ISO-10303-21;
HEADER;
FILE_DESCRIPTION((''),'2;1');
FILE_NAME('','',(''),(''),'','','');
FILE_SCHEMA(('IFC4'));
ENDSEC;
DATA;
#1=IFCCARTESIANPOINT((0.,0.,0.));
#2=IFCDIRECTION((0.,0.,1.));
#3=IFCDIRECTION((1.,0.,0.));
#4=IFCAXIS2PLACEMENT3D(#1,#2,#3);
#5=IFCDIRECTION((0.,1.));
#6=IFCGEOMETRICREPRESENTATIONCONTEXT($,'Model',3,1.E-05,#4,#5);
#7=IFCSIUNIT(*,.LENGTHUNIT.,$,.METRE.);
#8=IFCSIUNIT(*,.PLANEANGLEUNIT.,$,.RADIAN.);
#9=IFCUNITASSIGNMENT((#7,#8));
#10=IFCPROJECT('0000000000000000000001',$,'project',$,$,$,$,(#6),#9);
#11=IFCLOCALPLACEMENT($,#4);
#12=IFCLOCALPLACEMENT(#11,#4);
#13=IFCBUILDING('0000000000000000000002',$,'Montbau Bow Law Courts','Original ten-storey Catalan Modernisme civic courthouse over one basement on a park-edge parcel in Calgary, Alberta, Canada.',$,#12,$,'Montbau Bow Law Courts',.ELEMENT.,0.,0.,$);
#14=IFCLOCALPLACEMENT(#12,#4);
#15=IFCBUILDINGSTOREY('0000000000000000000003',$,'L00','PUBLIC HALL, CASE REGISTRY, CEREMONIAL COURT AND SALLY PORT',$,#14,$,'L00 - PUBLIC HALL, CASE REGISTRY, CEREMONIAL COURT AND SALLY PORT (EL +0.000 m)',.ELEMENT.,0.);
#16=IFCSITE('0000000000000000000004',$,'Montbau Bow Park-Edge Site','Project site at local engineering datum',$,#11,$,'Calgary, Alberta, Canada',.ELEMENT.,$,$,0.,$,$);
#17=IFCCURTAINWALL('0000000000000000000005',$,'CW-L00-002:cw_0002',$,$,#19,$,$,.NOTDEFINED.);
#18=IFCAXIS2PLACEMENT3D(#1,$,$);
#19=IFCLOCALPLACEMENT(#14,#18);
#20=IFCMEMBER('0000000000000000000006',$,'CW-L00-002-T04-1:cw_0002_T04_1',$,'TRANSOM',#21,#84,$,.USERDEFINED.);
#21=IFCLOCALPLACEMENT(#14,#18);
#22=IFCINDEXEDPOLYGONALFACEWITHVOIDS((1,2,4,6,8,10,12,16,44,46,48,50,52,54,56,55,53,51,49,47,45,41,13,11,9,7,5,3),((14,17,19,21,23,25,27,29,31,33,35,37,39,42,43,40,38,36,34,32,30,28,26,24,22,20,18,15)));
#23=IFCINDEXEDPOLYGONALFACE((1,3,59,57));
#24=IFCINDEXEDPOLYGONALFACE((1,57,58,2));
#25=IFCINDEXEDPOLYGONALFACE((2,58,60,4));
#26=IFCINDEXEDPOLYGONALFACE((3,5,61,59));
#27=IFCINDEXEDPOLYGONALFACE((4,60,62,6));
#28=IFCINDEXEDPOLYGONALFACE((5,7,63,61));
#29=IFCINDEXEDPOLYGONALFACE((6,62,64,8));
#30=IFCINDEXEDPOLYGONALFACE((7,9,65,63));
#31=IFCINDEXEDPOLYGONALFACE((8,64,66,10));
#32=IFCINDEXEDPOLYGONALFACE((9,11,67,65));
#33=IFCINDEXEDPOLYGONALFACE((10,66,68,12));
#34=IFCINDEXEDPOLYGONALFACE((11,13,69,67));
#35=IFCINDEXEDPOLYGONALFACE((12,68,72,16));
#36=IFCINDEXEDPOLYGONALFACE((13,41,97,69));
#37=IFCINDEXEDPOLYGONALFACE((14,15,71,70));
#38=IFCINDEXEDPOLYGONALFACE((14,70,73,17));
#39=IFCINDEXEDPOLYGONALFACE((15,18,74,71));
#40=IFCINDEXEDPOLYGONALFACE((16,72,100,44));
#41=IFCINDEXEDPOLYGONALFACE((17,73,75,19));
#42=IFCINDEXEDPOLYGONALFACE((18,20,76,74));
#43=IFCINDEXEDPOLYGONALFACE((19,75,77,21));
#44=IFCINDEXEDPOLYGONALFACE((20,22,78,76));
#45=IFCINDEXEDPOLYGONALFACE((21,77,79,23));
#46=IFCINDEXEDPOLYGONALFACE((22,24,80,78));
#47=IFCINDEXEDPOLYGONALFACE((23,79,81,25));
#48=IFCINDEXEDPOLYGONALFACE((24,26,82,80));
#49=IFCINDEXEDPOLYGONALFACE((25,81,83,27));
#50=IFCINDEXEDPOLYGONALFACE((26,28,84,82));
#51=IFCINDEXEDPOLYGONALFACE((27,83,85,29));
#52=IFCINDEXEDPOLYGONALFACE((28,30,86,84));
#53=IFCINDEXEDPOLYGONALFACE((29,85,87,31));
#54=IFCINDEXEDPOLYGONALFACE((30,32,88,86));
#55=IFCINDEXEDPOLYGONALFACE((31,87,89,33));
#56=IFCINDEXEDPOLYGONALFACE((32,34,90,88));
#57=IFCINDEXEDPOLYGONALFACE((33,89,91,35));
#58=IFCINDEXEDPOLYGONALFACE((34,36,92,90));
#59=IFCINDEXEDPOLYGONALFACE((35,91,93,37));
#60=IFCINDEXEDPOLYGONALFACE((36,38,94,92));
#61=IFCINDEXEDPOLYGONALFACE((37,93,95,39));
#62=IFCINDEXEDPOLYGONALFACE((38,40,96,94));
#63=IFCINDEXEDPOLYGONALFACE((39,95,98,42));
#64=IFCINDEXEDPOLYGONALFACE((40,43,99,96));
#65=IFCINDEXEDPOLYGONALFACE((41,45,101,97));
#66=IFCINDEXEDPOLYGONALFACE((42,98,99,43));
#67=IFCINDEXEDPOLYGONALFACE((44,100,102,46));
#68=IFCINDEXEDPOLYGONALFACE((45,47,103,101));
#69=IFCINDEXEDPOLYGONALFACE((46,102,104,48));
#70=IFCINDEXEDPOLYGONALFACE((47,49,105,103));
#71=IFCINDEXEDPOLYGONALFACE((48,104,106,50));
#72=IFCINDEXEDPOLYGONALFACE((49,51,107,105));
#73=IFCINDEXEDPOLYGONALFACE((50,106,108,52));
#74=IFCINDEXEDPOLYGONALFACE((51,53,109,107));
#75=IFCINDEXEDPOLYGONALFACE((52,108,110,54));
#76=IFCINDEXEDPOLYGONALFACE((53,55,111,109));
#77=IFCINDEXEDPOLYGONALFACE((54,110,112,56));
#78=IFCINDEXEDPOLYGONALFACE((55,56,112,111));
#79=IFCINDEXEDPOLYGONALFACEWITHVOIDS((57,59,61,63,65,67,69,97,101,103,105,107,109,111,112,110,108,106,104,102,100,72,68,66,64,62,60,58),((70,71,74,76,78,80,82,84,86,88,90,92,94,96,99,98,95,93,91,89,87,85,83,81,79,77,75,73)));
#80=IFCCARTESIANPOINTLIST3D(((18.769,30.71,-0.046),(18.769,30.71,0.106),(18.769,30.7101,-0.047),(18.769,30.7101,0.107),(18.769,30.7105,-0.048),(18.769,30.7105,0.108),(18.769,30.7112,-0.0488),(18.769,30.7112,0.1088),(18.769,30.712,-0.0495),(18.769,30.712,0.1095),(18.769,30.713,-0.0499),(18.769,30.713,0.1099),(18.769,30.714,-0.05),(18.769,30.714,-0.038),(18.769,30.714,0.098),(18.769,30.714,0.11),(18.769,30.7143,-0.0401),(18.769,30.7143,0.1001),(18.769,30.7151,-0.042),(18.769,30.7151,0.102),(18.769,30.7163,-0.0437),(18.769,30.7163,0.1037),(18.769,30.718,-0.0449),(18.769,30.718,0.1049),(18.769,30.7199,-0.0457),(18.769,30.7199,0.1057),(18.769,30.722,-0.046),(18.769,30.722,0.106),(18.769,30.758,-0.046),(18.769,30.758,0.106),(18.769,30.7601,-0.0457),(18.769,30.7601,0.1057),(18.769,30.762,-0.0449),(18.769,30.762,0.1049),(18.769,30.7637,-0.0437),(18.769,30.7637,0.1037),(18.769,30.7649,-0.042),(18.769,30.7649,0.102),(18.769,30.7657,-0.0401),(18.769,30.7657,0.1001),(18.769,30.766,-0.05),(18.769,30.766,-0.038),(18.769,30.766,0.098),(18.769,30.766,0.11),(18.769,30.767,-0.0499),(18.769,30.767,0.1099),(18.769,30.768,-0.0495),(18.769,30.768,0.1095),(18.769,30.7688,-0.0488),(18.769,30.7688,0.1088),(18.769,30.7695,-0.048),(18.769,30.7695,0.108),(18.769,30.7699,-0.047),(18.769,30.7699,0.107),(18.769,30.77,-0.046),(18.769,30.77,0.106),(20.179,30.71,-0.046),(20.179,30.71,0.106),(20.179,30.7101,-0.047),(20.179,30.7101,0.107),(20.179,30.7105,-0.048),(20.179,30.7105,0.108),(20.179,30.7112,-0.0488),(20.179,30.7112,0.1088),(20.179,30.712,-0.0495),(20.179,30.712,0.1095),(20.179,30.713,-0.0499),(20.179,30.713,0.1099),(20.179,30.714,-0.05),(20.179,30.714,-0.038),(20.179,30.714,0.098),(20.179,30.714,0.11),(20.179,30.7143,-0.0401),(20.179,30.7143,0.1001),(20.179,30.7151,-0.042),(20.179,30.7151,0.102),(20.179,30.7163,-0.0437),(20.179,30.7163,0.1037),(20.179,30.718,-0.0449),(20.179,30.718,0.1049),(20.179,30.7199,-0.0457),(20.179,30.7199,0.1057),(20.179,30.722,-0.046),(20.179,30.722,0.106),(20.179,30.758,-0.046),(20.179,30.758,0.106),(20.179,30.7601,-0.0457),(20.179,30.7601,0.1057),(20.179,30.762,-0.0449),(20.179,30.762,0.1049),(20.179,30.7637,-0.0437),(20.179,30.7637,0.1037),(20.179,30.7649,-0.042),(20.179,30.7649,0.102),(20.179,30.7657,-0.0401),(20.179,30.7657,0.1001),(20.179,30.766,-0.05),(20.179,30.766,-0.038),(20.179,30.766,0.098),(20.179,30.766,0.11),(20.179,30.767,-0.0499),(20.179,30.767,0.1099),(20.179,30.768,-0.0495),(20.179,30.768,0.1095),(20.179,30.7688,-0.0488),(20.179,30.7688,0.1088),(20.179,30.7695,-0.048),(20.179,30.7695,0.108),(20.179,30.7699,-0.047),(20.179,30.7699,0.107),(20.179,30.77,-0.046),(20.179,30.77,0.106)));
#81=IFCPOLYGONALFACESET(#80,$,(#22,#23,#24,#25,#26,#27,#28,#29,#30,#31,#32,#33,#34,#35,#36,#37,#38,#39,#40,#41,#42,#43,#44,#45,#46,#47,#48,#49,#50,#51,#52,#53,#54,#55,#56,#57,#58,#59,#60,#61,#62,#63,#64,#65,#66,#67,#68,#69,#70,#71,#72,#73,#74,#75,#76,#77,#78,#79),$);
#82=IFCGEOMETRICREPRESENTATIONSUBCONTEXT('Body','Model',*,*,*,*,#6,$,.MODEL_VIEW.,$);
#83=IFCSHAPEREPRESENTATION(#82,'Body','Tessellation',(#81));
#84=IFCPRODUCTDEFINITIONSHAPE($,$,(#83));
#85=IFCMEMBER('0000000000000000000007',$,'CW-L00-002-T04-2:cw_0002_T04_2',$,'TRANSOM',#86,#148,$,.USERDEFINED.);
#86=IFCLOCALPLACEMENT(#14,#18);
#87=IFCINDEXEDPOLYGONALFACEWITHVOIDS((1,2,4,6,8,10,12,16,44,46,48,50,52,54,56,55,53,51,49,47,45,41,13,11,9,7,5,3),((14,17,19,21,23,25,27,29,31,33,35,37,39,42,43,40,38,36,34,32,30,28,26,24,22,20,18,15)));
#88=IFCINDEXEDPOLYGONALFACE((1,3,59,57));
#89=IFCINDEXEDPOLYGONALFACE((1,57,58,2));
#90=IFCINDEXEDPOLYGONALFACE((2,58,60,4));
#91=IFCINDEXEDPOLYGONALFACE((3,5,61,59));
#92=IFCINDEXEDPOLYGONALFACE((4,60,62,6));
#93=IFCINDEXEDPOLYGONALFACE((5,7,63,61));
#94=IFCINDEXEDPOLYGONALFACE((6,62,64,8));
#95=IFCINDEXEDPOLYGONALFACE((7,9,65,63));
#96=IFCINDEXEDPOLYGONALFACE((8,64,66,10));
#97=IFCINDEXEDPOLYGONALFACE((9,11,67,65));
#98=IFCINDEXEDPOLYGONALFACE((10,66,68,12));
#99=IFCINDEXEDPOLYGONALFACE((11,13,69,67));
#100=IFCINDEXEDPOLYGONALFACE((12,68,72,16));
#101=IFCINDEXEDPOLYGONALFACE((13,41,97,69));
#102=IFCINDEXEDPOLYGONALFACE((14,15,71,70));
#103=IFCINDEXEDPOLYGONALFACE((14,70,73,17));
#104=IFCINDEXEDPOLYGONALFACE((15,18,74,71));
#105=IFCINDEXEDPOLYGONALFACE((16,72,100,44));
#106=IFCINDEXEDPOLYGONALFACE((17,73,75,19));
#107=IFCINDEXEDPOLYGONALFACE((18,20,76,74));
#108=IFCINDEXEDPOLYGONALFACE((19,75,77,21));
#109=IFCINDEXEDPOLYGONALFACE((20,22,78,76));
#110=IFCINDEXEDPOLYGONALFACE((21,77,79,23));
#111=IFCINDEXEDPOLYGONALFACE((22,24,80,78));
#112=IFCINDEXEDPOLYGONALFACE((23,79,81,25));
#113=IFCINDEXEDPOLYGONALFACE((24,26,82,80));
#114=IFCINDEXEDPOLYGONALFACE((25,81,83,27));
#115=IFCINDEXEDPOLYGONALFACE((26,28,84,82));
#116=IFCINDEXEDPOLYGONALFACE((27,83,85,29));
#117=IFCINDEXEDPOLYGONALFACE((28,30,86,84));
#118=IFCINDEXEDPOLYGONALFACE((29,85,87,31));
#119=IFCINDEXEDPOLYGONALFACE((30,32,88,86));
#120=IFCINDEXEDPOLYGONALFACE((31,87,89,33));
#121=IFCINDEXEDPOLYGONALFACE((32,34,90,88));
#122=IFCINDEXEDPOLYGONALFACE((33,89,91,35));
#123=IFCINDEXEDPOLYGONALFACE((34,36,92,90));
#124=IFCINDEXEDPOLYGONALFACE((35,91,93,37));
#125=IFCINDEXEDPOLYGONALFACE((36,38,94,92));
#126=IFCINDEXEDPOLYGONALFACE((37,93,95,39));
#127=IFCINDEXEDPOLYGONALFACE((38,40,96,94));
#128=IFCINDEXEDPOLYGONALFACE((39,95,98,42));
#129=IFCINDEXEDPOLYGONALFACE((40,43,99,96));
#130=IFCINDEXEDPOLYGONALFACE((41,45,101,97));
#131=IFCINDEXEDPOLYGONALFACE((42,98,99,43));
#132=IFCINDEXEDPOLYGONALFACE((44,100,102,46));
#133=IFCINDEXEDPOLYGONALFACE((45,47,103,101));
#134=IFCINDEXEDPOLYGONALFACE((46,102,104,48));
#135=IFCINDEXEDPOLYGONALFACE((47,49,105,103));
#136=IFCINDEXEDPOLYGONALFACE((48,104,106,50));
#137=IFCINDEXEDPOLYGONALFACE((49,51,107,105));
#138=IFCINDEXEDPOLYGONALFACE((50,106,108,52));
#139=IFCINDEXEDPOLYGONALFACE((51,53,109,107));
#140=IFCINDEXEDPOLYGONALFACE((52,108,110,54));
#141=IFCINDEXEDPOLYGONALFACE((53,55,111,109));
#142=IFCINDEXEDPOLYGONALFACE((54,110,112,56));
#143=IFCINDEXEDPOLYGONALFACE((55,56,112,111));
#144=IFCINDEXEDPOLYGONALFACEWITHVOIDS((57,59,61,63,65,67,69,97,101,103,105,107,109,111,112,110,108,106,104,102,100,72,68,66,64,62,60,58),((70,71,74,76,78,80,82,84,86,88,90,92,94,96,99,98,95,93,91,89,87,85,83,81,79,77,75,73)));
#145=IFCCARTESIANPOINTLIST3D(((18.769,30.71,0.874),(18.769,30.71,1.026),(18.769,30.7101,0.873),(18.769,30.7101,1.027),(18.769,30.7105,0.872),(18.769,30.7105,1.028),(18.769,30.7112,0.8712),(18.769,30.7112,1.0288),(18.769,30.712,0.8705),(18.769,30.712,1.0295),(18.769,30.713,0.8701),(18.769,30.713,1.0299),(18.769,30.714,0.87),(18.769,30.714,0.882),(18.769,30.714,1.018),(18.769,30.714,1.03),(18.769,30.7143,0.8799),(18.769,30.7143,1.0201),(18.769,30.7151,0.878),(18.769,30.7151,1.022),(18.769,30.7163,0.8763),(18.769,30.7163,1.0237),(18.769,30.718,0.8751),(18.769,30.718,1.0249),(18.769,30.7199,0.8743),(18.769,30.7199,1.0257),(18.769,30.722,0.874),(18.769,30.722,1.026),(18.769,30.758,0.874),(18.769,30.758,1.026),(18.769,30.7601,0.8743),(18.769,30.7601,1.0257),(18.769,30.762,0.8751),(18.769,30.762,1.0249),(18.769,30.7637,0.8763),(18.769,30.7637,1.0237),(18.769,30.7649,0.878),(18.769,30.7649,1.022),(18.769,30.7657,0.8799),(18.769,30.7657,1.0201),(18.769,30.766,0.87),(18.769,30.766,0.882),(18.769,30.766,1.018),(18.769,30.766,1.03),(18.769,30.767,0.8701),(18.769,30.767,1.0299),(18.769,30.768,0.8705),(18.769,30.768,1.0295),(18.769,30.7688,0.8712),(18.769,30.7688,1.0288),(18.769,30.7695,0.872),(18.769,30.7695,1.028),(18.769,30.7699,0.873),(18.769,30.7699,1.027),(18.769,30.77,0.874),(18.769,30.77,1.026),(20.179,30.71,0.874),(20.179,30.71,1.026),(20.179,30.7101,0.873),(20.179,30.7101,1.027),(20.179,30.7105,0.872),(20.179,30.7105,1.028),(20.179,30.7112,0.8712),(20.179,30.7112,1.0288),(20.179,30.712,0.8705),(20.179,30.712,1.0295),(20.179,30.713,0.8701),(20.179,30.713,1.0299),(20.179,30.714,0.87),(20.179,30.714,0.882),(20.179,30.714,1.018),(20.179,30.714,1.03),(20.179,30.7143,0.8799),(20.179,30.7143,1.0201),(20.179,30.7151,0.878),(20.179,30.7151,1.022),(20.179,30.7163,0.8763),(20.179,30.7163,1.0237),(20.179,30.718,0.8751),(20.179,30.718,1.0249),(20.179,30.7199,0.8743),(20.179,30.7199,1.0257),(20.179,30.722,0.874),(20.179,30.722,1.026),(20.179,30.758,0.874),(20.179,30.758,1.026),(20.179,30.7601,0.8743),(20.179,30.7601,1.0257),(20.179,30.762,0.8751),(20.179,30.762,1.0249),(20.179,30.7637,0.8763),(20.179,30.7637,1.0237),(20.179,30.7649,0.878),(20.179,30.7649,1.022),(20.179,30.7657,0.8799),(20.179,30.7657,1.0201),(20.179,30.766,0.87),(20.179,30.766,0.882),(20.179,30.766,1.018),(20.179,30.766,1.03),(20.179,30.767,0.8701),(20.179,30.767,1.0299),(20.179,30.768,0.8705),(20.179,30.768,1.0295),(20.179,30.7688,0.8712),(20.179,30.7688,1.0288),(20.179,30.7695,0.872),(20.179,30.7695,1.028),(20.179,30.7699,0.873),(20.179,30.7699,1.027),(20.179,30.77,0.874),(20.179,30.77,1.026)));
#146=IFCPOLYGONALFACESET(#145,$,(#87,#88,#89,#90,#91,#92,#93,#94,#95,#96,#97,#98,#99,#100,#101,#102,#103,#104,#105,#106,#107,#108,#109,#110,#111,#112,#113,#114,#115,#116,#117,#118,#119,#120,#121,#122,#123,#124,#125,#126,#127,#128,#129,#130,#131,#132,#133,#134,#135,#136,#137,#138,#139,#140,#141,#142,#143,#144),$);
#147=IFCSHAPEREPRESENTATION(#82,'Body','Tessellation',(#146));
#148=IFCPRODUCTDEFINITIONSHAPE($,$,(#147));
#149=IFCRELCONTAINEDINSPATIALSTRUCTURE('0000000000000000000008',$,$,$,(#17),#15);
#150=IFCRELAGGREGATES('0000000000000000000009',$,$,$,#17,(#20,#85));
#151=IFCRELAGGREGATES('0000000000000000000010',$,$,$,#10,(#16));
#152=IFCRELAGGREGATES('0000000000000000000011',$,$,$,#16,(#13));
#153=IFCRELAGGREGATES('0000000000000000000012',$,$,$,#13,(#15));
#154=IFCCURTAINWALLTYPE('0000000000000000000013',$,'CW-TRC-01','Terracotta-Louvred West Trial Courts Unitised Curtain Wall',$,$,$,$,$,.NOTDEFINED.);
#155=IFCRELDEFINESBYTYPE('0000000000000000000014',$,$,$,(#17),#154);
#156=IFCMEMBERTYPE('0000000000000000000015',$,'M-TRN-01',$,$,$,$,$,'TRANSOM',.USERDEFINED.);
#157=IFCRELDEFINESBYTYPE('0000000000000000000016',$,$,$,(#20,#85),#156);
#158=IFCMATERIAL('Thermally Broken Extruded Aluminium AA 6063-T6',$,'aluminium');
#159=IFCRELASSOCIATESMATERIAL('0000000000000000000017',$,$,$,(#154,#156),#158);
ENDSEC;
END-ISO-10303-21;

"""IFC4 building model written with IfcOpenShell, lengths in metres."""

from ifc_helpers import new_model, si_unit, direction, frame, origin_with_axes, origin_2d_with_axis, place, context, subcontext, project, spatial, hollow_rectangle, extrude, material, material_profile, profile_set, type_object, element, aggregate, save


model = new_model("IFC4")

# Units and contexts
model_context = context("Model", 3, precision=1e-05, world=origin_with_axes(), true_north=direction((0.0, 1.0)))
body_context = subcontext(model_context, "Body", "Model", "MODEL_VIEW")
ifc_project = project(units=[si_unit("LENGTHUNIT", "METRE"), si_unit("PLANEANGLEUNIT", "RADIAN")], contexts=[model_context])

# Site, building, storey
site_placement = place(None, origin_with_axes())
site = spatial("IfcSite", under=ifc_project, at=site_placement, Name="Montbau Bow Park-Edge Site", Description="Project site at local engineering datum", LongName="Calgary, Alberta, Canada", CompositionType="ELEMENT", RefElevation=0.0)
building_placement = place(site_placement, origin_with_axes())
building = spatial("IfcBuilding", under=site, at=building_placement, Name="Montbau Bow Law Courts", Description="Original ten-storey Catalan Modernisme civic courthouse over one basement on a park-edge parcel in Calgary, Alberta, Canada.", LongName="Montbau Bow Law Courts", CompositionType="ELEMENT", ElevationOfRefHeight=0.0, ElevationOfTerrain=0.0)
storey_placement = place(building_placement, origin_with_axes())
storey = spatial("IfcBuildingStorey", under=building, at=storey_placement, Name="L00", Description="PUBLIC HALL, CASE REGISTRY, CEREMONIAL COURT AND SALLY PORT", LongName="L00 - PUBLIC HALL, CASE REGISTRY, CEREMONIAL COURT AND SALLY PORT (EL +0.000 m)", CompositionType="ELEMENT", Elevation=0.0)

# Curtain wall, members
ifc_material_1 = material(Name="Thermally Broken Extruded Aluminium AA 6063-T6", Category="aluminium")
curtain_wall_type = type_object("IfcCurtainWallType", Name="CW-TRC-01", Description="Terracotta-Louvred West Trial Courts Unitised Curtain Wall", PredefinedType="NOTDEFINED", material=ifc_material_1)
curtain_wall_placement = place(None, frame((14.315, 30.74, 0.0), z_axis=(0.0, 0.0, 1.0), x_axis=(1.0, 0.0, 0.0)))
curtain_wall = element("IfcCurtainWall", 1, at=curtain_wall_placement, inside=storey, type_object=curtain_wall_type, Name="CW-L00-002:cw_0002", PredefinedType="NOTDEFINED")
ifc_material_profile_1 = material_profile(ifc_material_1, hollow_rectangle(XDim=0.06, YDim=0.16, WallThickness=0.004, InnerFilletRadius=0.008, OuterFilletRadius=0.004, at=origin_2d_with_axis()), Name="CWT-160X60", Category="Main", Priority=0)
ifc_profile_set_1 = profile_set([ifc_material_profile_1], Name="Thermally Broken Extruded Aluminium AA 6063-T6")
member_type_1 = type_object("IfcMemberType", Name="M-TRN-01", ElementType="TRANSOM", PredefinedType="USERDEFINED", material=ifc_profile_set_1)
member_1_placement = place(None, frame((18.769, 30.74, 0.03), z_axis=(1.0, 0.0, 0.0), x_axis=(0.0, 1.0, 0.0)))
member_1 = element("IfcMember", 2, at=member_1_placement, type_object=member_type_1, Name="CW-L00-002-T04-1:cw_0002_T04_1", ObjectType="TRANSOM", PredefinedType="USERDEFINED", context=body_context, shape_type="SweptSolid", body=[
    extrude(hollow_rectangle(XDim=0.06, YDim=0.16, WallThickness=0.004, InnerFilletRadius=0.008, OuterFilletRadius=0.004, at=origin_2d_with_axis()), origin_with_axes(), (0.0, 0.0, 1.0), 1.41),
])
member_2_placement = place(None, frame((18.769, 30.74, 0.95), z_axis=(1.0, 0.0, 0.0), x_axis=(0.0, 1.0, 0.0)))
member_2 = element("IfcMember", 3, at=member_2_placement, type_object=member_type_1, Name="CW-L00-002-T04-2:cw_0002_T04_2", ObjectType="TRANSOM", PredefinedType="USERDEFINED", context=body_context, shape_type="SweptSolid", body=[
    extrude(hollow_rectangle(XDim=0.06, YDim=0.16, WallThickness=0.004, InnerFilletRadius=0.008, OuterFilletRadius=0.004, at=origin_2d_with_axis()), origin_with_axes(), (0.0, 0.0, 1.0), 1.41),
])
aggregate(curtain_wall, [member_1, member_2])

save(model, "model.ifc")
